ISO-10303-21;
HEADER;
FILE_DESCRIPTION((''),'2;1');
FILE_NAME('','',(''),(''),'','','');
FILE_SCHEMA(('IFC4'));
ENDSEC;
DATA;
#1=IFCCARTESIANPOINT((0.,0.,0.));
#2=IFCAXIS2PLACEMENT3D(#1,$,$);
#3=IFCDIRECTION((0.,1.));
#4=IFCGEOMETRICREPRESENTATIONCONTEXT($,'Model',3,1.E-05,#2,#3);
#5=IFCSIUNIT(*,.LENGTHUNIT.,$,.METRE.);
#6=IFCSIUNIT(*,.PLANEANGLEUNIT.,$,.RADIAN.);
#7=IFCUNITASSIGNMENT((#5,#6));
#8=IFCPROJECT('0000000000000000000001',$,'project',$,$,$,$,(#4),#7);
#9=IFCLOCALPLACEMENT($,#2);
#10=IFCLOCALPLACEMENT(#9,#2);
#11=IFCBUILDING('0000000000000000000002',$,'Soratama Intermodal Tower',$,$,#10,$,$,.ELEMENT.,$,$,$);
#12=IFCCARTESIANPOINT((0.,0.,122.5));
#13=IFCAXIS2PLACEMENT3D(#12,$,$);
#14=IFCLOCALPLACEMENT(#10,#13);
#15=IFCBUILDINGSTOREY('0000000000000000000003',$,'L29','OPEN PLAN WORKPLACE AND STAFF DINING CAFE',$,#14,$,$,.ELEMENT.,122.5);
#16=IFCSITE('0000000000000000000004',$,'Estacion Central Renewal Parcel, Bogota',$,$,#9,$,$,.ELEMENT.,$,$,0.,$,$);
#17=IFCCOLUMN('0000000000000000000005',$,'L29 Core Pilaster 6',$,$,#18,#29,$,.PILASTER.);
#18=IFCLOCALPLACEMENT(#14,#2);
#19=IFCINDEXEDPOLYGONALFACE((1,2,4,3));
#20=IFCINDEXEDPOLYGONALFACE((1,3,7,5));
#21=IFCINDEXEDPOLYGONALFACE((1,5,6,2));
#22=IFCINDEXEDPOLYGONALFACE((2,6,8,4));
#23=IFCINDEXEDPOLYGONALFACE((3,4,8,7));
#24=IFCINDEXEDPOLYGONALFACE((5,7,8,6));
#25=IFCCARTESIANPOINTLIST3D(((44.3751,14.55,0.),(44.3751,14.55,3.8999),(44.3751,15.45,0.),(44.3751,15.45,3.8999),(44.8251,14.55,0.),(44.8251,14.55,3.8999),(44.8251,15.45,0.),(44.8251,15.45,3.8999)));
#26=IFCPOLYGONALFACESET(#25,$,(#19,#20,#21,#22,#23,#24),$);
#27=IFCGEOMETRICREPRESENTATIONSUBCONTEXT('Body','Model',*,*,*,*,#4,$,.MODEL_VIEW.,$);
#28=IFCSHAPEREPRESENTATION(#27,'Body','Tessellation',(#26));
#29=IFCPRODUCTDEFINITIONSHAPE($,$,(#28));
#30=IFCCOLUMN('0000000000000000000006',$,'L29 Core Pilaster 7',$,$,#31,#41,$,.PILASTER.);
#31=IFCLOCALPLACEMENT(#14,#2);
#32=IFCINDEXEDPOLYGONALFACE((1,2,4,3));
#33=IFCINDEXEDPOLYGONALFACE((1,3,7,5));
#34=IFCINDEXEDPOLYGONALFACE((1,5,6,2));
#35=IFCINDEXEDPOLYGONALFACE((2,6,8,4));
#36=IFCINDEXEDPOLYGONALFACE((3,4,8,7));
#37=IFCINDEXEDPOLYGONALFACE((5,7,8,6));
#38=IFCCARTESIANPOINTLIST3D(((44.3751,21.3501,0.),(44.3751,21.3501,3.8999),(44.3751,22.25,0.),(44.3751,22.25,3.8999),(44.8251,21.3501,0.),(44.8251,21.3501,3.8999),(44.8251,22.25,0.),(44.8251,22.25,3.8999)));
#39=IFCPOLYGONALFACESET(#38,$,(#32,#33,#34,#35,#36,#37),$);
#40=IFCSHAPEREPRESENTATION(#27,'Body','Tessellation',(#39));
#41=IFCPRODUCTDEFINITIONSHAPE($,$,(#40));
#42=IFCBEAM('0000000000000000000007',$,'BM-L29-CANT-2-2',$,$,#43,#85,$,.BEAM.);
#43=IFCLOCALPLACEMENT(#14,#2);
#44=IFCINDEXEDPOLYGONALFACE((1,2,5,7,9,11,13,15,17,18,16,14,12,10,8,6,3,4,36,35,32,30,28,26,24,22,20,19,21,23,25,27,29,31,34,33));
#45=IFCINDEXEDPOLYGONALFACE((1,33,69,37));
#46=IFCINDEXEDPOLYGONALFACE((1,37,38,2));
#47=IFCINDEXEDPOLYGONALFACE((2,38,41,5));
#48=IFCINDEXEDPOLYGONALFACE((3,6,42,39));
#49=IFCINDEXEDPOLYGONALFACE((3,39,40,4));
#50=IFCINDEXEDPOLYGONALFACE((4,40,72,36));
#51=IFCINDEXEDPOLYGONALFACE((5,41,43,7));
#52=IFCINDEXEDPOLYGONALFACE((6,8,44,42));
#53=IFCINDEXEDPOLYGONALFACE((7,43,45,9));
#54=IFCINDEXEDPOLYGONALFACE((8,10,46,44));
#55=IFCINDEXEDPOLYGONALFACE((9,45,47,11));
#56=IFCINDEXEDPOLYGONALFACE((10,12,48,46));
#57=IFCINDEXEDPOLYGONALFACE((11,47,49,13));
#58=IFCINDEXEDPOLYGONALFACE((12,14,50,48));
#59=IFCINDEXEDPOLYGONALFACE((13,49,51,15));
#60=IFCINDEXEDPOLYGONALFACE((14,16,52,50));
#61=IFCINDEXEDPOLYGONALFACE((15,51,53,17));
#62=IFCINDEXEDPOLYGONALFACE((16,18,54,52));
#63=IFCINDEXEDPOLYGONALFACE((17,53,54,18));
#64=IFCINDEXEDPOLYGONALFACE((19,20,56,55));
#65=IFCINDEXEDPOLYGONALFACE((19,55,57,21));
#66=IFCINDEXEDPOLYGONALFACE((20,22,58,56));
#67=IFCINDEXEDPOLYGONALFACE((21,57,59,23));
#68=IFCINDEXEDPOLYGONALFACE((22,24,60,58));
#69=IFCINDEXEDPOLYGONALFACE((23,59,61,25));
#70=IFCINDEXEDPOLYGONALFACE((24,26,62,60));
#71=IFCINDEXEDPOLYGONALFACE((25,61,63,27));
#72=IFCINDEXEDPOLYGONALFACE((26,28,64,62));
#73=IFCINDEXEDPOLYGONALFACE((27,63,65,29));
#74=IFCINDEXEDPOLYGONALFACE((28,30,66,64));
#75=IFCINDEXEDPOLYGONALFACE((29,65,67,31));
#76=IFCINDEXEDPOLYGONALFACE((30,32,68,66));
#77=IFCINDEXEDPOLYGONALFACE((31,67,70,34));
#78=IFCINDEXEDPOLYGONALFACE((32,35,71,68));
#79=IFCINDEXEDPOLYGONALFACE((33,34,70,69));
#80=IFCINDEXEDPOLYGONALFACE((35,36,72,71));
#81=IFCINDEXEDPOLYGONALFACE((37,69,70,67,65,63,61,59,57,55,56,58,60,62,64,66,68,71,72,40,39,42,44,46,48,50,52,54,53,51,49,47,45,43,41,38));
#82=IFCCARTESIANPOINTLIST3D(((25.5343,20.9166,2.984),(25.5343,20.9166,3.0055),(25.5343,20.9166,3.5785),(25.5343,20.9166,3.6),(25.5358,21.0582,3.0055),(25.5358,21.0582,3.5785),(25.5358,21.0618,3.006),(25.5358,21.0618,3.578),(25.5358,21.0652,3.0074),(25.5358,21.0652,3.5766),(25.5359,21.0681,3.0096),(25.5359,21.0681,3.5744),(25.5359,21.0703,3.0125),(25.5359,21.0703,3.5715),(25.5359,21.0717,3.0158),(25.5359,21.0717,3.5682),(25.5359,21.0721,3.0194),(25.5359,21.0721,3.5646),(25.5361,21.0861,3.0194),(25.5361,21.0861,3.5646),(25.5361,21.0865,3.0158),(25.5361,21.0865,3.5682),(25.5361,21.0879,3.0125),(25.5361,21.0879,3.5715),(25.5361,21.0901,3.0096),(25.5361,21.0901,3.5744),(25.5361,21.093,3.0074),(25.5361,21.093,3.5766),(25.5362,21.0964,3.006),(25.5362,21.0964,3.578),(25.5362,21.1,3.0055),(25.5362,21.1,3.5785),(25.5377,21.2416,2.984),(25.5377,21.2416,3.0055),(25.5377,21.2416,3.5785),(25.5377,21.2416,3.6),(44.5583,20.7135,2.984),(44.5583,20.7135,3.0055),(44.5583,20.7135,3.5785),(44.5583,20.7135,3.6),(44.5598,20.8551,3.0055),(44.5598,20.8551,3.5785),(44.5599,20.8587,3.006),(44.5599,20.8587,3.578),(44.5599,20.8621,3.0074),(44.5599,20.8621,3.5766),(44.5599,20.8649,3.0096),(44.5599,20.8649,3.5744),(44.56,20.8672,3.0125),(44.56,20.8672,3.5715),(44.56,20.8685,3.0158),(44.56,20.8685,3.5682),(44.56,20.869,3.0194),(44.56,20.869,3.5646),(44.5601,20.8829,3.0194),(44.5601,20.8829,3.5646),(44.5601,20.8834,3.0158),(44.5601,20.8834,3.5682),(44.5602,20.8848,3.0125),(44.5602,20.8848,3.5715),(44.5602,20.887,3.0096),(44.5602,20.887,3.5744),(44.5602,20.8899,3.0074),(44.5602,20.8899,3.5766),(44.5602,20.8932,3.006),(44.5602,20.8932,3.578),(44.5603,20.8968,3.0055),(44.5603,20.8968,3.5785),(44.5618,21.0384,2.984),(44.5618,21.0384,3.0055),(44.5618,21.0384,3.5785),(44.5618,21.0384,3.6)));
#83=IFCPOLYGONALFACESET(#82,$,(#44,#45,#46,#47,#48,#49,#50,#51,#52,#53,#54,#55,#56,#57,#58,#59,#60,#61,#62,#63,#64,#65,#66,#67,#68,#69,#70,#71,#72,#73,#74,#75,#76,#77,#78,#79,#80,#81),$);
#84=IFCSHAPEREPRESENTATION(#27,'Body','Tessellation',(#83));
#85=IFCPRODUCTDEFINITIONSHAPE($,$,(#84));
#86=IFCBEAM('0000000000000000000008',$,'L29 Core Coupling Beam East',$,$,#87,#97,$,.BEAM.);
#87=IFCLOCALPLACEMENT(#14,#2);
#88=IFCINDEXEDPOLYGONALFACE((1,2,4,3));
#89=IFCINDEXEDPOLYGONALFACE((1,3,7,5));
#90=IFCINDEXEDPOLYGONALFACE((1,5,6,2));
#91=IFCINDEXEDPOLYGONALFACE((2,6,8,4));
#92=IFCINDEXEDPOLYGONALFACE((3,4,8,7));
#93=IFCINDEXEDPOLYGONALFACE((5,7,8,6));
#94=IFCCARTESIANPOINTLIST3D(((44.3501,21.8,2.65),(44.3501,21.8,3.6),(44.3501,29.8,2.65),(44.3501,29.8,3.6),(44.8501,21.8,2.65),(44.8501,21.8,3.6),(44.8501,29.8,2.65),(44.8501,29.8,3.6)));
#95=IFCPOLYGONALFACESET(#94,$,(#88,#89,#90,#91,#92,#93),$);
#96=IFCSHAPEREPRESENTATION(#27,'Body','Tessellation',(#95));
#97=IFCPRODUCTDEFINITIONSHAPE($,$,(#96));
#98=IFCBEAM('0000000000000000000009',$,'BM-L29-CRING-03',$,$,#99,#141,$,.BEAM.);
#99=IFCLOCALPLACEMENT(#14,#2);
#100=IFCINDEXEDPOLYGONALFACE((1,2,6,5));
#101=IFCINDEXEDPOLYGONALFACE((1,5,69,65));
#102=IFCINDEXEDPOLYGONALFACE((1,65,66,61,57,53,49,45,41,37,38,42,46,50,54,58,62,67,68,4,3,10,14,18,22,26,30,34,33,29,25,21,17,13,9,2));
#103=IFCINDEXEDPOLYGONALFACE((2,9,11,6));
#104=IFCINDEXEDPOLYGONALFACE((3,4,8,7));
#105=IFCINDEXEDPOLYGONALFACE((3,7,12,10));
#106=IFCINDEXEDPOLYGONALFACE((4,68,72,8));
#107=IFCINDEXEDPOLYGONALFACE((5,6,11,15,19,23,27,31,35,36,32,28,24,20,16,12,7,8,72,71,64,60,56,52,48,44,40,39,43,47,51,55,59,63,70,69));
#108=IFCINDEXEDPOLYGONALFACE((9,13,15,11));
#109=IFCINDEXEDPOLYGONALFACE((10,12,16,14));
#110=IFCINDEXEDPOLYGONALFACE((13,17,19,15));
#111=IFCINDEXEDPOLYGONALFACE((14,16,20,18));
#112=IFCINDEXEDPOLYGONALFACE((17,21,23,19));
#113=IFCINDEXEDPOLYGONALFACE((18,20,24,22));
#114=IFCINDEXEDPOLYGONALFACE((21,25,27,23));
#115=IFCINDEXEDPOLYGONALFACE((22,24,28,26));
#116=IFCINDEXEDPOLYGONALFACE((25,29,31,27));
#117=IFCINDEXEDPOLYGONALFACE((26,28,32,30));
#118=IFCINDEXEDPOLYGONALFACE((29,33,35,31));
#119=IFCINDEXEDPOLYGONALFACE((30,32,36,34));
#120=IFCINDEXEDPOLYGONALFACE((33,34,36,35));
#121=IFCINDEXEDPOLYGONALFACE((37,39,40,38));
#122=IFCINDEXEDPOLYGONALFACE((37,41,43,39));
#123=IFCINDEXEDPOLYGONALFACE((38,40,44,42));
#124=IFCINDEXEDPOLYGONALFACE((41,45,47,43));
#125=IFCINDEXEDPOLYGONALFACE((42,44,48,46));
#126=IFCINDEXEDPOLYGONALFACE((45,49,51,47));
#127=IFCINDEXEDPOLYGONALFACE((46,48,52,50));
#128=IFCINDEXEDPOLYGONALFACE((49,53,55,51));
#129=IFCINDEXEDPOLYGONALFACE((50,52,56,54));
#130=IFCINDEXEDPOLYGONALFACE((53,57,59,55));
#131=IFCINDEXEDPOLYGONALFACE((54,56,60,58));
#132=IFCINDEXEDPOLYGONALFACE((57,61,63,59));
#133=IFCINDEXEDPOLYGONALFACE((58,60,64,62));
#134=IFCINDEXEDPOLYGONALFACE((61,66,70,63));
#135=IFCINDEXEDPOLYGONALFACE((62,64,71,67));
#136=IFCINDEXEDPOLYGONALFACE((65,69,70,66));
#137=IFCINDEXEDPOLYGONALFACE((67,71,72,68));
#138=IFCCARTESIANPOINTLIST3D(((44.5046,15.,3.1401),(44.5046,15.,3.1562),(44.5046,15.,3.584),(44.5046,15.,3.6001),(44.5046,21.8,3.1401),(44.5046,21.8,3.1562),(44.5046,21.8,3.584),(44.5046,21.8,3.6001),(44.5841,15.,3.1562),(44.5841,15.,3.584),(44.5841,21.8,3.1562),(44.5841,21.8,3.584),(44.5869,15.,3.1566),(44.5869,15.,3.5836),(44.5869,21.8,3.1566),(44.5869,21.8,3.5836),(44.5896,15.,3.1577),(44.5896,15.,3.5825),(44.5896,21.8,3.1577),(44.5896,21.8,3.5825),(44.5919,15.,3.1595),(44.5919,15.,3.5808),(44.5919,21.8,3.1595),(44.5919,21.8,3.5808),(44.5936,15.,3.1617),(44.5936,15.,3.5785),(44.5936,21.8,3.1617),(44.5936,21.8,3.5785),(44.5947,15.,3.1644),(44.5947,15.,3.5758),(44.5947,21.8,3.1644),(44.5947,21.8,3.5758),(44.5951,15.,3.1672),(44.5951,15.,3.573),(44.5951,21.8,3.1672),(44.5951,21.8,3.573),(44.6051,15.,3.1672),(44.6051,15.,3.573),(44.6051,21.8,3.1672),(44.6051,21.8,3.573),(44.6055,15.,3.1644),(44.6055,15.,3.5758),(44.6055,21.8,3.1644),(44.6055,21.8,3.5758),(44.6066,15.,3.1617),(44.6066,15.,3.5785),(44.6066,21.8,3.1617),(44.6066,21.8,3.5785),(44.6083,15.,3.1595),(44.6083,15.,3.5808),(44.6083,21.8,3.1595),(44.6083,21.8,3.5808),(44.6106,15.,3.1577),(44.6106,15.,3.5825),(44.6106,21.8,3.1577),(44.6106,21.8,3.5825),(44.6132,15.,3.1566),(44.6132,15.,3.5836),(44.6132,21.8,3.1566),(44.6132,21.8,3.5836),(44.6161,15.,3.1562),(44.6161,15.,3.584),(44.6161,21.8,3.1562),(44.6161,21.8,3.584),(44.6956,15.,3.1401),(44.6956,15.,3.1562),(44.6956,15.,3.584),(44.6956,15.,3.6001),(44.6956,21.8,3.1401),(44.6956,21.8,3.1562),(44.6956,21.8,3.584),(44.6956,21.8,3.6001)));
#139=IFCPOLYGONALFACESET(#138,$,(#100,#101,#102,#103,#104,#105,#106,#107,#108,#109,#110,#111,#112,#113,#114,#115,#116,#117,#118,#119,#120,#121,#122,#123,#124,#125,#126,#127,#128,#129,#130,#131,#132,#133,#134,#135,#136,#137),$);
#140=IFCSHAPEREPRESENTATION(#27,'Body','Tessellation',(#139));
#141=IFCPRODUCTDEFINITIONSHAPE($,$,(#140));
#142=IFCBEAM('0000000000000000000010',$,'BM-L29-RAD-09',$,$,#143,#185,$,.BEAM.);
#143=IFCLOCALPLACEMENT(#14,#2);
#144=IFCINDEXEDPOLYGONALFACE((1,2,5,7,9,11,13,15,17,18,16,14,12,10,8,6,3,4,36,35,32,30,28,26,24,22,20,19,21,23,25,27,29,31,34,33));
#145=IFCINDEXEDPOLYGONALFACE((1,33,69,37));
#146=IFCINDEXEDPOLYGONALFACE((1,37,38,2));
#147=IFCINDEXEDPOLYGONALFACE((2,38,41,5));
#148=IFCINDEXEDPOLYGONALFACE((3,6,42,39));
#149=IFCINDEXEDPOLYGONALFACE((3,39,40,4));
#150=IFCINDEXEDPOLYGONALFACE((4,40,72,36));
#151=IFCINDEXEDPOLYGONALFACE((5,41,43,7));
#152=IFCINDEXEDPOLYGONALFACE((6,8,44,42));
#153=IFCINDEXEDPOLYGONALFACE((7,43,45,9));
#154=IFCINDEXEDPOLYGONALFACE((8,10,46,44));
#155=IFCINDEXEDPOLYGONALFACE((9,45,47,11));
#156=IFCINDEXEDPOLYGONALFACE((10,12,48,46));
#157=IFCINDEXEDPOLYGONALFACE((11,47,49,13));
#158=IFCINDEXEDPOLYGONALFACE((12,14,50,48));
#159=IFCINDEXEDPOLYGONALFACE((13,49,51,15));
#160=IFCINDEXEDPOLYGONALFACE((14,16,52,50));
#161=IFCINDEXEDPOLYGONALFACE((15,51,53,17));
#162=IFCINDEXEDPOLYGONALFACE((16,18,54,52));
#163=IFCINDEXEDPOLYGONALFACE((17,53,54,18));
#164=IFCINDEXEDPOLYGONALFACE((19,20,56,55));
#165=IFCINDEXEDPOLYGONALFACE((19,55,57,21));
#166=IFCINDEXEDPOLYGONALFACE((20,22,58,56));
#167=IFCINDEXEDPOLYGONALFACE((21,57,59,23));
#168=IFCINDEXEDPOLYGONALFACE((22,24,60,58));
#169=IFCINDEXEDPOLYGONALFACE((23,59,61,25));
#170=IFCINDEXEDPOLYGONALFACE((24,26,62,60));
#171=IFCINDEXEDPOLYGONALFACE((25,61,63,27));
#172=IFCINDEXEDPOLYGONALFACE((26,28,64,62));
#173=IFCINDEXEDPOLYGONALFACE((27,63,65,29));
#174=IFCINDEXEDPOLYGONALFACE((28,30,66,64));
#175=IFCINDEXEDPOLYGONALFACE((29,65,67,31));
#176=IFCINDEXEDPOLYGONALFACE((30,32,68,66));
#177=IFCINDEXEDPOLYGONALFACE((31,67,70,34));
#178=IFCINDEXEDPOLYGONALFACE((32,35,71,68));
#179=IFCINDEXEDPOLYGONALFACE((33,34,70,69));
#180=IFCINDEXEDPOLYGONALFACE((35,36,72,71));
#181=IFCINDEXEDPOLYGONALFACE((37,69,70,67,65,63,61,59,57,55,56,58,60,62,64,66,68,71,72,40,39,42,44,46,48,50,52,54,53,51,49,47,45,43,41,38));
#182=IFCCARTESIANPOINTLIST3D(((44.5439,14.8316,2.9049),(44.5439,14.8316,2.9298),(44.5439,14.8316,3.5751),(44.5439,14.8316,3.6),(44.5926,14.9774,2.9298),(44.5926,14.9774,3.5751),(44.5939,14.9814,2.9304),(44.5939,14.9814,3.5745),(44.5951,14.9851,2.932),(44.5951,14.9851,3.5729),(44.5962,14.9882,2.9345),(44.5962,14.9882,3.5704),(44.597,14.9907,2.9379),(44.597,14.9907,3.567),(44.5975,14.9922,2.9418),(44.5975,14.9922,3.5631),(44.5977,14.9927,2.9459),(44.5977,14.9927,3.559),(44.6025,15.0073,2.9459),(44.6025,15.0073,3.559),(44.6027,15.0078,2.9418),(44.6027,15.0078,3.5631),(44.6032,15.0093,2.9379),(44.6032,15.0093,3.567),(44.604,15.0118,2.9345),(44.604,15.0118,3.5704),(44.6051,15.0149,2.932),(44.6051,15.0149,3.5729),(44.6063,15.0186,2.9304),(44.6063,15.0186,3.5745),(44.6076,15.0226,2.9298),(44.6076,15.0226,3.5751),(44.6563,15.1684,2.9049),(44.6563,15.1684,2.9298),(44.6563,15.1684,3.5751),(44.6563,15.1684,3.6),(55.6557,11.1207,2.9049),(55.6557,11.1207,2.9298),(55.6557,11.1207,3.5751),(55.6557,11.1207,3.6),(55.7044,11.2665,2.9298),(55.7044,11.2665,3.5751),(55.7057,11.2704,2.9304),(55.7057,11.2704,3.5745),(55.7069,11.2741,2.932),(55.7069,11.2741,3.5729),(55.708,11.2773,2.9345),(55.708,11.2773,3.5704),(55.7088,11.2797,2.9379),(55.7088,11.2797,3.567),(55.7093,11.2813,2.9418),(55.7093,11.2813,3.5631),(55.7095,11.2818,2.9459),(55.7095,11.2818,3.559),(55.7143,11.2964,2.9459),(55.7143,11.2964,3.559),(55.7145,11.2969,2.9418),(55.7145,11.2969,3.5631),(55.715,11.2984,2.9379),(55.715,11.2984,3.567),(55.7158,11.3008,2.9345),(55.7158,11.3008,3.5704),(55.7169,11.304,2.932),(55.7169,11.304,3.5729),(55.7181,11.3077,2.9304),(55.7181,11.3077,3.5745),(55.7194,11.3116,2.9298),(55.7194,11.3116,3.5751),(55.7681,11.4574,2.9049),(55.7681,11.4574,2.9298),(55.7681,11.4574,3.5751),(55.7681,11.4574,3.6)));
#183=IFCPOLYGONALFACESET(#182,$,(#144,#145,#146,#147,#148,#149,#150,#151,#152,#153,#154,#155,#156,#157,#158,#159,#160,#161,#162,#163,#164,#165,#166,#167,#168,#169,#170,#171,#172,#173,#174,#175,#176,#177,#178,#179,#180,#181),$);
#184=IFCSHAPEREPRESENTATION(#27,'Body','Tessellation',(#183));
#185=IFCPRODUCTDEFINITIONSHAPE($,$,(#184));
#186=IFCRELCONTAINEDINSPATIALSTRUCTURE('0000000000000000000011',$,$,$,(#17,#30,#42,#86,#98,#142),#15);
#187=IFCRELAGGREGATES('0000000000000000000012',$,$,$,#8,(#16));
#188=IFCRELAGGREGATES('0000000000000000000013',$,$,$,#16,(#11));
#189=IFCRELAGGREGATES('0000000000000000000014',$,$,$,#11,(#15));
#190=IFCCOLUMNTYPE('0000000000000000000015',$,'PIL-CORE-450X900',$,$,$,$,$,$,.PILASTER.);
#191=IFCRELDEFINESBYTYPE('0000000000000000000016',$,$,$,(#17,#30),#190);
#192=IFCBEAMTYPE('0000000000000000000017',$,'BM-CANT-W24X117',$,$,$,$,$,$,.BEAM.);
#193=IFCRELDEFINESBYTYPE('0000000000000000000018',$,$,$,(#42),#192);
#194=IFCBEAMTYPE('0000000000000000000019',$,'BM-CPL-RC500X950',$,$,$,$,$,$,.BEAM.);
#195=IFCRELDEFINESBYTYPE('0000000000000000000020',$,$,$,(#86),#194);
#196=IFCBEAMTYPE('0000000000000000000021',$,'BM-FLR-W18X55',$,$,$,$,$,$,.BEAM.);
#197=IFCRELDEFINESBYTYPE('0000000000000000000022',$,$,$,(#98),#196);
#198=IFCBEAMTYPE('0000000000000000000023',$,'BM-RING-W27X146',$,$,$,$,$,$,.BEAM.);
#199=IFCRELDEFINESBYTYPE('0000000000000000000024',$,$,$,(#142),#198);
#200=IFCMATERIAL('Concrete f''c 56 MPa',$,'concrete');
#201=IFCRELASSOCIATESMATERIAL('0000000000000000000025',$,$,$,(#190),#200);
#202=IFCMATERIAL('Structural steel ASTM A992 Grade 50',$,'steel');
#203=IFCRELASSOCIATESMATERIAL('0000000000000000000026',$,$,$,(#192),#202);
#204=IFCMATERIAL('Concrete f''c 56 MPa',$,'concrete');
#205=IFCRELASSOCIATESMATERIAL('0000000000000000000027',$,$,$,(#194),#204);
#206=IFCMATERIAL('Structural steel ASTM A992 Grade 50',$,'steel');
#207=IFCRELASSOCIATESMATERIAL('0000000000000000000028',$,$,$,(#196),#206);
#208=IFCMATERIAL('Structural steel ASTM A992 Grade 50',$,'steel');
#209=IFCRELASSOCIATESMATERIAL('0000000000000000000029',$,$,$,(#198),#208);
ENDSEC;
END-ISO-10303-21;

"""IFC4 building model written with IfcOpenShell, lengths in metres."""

from ifc_helpers import new_model, si_unit, direction, frame, origin, origin_2d, place, context, subcontext, project, spatial, rectangle, i_section, extrude, material, material_profile, profile_set, type_object, element, save


model = new_model("IFC4")

# Units and contexts
model_context = context("Model", 3, precision=1e-05, world=origin(), true_north=direction((0.0, 1.0)))
body_context = subcontext(model_context, "Body", "Model", "MODEL_VIEW")
ifc_project = project(units=[si_unit("LENGTHUNIT", "METRE"), si_unit("PLANEANGLEUNIT", "RADIAN")], contexts=[model_context])

# Site, building, storey
site_placement = place(None, origin())
site = spatial("IfcSite", under=ifc_project, at=site_placement, Name="Estacion Central Renewal Parcel, Bogota", CompositionType="ELEMENT", RefElevation=0.0)
building_placement = place(site_placement, origin())
building = spatial("IfcBuilding", under=site, at=building_placement, Name="Soratama Intermodal Tower", CompositionType="ELEMENT")
storey_placement = place(building_placement, frame((0.0, 0.0, 122.5)))
storey = spatial("IfcBuildingStorey", under=building, at=storey_placement, Name="L29", Description="OPEN PLAN WORKPLACE AND STAFF DINING CAFE", CompositionType="ELEMENT", Elevation=122.5)

# Columns
ifc_material_1 = material(Name="Concrete f'c 56 MPa", Category="concrete")
ifc_material_profile_1 = material_profile(ifc_material_1, rectangle(XDim=0.45, YDim=0.8999, at=origin_2d()), Name="RC450X900")
ifc_profile_set_1 = profile_set([ifc_material_profile_1], Name="Concrete f'c 56 MPa")
column_type = type_object("IfcColumnType", Name="PIL-CORE-450X900", PredefinedType="PILASTER", material=ifc_profile_set_1)
for number, where, z_axis, x_axis, name in (
    (1, (44.6001, 15.0, 0.0), (0.0, 0.0, 1.0), (1.0, 0.0, 0.0), "L29 Core Pilaster 6"),
    (2, (44.6001, 21.8, 0.0), (0.0, 0.0, 1.0), (1.0, 0.0, 0.0), "L29 Core Pilaster 7"),
):
    element("IfcColumn", number, at=place(storey_placement, frame(where, z_axis=z_axis, x_axis=x_axis)), inside=storey, type_object=column_type, Name=name, PredefinedType="PILASTER", context=body_context, shape_type="SweptSolid", body=[
        extrude(rectangle(XDim=0.45, YDim=0.8999, at=origin_2d()), origin(), (0.0, 0.0, 1.0), 3.8999),
    ])

# Beams
ifc_material_2 = material(Name="Structural steel ASTM A992 Grade 50", Category="steel")
ifc_material_profile_2 = material_profile(ifc_material_2, i_section(OverallWidth=0.325, OverallDepth=0.616, WebThickness=0.0139, FlangeThickness=0.0215, FilletRadius=0.0139, at=origin_2d()), Name="W24X117")
ifc_profile_set_2 = profile_set([ifc_material_profile_2], Name="Structural steel ASTM A992 Grade 50")
beam_type_1 = type_object("IfcBeamType", Name="BM-CANT-W24X117", PredefinedType="BEAM", material=ifc_profile_set_2)
beam_1_placement = place(storey_placement, frame((44.5601, 20.876, 3.292), z_axis=(-0.999943, 0.010677, 0.0), x_axis=(-0.010677, -0.999943, 0.0)))
element("IfcBeam", 3, at=beam_1_placement, inside=storey, type_object=beam_type_1, Name="BM-L29-CANT-2-2", PredefinedType="BEAM", context=body_context, shape_type="SweptSolid", body=[
    extrude(i_section(OverallWidth=0.325, OverallDepth=0.616, WebThickness=0.0139, FlangeThickness=0.0215, FilletRadius=0.0139, at=origin_2d()), origin(), (0.0, 0.0, 1.0), 19.0251),
])
ifc_material_3 = material(Name="Concrete f'c 56 MPa", Category="concrete")
ifc_material_profile_3 = material_profile(ifc_material_3, rectangle(XDim=0.5, YDim=0.95, at=origin_2d()), Name="RC500X950")
ifc_profile_set_3 = profile_set([ifc_material_profile_3], Name="Concrete f'c 56 MPa")
beam_type_2 = type_object("IfcBeamType", Name="BM-CPL-RC500X950", PredefinedType="BEAM", material=ifc_profile_set_3)
beam_2_placement = place(storey_placement, frame((44.6001, 21.8, 3.125), z_axis=(0.0, 1.0, 0.0), x_axis=(-1.0, 0.0, 0.0)))
element("IfcBeam", 4, at=beam_2_placement, inside=storey, type_object=beam_type_2, Name="L29 Core Coupling Beam East", PredefinedType="BEAM", context=body_context, shape_type="SweptSolid", body=[
    extrude(rectangle(XDim=0.5, YDim=0.95, at=origin_2d()), origin(), (0.0, 0.0, 1.0), 8.0),
])
ifc_material_4 = material(Name="Structural steel ASTM A992 Grade 50", Category="steel")
ifc_material_profile_4 = material_profile(ifc_material_4, i_section(OverallWidth=0.1909, OverallDepth=0.46, WebThickness=0.01, FlangeThickness=0.0161, FilletRadius=0.011, at=origin_2d()), Name="W18X55")
ifc_profile_set_4 = profile_set([ifc_material_profile_4], Name="Structural steel ASTM A992 Grade 50")
beam_type_3 = type_object("IfcBeamType", Name="BM-FLR-W18X55", PredefinedType="BEAM", material=ifc_profile_set_4)
beam_3_placement = place(storey_placement, frame((44.6001, 15.0, 3.3701), z_axis=(0.0, 1.0, 0.0), x_axis=(-1.0, 0.0, 0.0)))
element("IfcBeam", 5, at=beam_3_placement, inside=storey, type_object=beam_type_3, Name="BM-L29-CRING-03", PredefinedType="BEAM", context=body_context, shape_type="SweptSolid", body=[
    extrude(i_section(OverallWidth=0.1909, OverallDepth=0.46, WebThickness=0.01, FlangeThickness=0.0161, FilletRadius=0.011, at=origin_2d()), origin(), (0.0, 0.0, 1.0), 6.8),
])
ifc_material_5 = material(Name="Structural steel ASTM A992 Grade 50", Category="steel")
ifc_material_profile_5 = material_profile(ifc_material_5, i_section(OverallWidth=0.355, OverallDepth=0.6951, WebThickness=0.0154, FlangeThickness=0.0249, FilletRadius=0.0161, at=origin_2d()), Name="W27X146")
ifc_profile_set_5 = profile_set([ifc_material_profile_5], Name="Structural steel ASTM A992 Grade 50")
beam_type_4 = type_object("IfcBeamType", Name="BM-RING-W27X146", PredefinedType="BEAM", material=ifc_profile_set_5)
beam_4_placement = place(storey_placement, frame((44.6001, 15.0, 3.2524), z_axis=(0.948504, -0.316765, 0.0), x_axis=(0.316765, 0.948504, 0.0)))
element("IfcBeam", 6, at=beam_4_placement, inside=storey, type_object=beam_type_4, Name="BM-L29-RAD-09", PredefinedType="BEAM", context=body_context, shape_type="SweptSolid", body=[
    extrude(i_section(OverallWidth=0.355, OverallDepth=0.6951, WebThickness=0.0154, FlangeThickness=0.0249, FilletRadius=0.0161, at=origin_2d()), origin(), (0.0, 0.0, 1.0), 11.7151),
])

save(model, "model.ifc")
